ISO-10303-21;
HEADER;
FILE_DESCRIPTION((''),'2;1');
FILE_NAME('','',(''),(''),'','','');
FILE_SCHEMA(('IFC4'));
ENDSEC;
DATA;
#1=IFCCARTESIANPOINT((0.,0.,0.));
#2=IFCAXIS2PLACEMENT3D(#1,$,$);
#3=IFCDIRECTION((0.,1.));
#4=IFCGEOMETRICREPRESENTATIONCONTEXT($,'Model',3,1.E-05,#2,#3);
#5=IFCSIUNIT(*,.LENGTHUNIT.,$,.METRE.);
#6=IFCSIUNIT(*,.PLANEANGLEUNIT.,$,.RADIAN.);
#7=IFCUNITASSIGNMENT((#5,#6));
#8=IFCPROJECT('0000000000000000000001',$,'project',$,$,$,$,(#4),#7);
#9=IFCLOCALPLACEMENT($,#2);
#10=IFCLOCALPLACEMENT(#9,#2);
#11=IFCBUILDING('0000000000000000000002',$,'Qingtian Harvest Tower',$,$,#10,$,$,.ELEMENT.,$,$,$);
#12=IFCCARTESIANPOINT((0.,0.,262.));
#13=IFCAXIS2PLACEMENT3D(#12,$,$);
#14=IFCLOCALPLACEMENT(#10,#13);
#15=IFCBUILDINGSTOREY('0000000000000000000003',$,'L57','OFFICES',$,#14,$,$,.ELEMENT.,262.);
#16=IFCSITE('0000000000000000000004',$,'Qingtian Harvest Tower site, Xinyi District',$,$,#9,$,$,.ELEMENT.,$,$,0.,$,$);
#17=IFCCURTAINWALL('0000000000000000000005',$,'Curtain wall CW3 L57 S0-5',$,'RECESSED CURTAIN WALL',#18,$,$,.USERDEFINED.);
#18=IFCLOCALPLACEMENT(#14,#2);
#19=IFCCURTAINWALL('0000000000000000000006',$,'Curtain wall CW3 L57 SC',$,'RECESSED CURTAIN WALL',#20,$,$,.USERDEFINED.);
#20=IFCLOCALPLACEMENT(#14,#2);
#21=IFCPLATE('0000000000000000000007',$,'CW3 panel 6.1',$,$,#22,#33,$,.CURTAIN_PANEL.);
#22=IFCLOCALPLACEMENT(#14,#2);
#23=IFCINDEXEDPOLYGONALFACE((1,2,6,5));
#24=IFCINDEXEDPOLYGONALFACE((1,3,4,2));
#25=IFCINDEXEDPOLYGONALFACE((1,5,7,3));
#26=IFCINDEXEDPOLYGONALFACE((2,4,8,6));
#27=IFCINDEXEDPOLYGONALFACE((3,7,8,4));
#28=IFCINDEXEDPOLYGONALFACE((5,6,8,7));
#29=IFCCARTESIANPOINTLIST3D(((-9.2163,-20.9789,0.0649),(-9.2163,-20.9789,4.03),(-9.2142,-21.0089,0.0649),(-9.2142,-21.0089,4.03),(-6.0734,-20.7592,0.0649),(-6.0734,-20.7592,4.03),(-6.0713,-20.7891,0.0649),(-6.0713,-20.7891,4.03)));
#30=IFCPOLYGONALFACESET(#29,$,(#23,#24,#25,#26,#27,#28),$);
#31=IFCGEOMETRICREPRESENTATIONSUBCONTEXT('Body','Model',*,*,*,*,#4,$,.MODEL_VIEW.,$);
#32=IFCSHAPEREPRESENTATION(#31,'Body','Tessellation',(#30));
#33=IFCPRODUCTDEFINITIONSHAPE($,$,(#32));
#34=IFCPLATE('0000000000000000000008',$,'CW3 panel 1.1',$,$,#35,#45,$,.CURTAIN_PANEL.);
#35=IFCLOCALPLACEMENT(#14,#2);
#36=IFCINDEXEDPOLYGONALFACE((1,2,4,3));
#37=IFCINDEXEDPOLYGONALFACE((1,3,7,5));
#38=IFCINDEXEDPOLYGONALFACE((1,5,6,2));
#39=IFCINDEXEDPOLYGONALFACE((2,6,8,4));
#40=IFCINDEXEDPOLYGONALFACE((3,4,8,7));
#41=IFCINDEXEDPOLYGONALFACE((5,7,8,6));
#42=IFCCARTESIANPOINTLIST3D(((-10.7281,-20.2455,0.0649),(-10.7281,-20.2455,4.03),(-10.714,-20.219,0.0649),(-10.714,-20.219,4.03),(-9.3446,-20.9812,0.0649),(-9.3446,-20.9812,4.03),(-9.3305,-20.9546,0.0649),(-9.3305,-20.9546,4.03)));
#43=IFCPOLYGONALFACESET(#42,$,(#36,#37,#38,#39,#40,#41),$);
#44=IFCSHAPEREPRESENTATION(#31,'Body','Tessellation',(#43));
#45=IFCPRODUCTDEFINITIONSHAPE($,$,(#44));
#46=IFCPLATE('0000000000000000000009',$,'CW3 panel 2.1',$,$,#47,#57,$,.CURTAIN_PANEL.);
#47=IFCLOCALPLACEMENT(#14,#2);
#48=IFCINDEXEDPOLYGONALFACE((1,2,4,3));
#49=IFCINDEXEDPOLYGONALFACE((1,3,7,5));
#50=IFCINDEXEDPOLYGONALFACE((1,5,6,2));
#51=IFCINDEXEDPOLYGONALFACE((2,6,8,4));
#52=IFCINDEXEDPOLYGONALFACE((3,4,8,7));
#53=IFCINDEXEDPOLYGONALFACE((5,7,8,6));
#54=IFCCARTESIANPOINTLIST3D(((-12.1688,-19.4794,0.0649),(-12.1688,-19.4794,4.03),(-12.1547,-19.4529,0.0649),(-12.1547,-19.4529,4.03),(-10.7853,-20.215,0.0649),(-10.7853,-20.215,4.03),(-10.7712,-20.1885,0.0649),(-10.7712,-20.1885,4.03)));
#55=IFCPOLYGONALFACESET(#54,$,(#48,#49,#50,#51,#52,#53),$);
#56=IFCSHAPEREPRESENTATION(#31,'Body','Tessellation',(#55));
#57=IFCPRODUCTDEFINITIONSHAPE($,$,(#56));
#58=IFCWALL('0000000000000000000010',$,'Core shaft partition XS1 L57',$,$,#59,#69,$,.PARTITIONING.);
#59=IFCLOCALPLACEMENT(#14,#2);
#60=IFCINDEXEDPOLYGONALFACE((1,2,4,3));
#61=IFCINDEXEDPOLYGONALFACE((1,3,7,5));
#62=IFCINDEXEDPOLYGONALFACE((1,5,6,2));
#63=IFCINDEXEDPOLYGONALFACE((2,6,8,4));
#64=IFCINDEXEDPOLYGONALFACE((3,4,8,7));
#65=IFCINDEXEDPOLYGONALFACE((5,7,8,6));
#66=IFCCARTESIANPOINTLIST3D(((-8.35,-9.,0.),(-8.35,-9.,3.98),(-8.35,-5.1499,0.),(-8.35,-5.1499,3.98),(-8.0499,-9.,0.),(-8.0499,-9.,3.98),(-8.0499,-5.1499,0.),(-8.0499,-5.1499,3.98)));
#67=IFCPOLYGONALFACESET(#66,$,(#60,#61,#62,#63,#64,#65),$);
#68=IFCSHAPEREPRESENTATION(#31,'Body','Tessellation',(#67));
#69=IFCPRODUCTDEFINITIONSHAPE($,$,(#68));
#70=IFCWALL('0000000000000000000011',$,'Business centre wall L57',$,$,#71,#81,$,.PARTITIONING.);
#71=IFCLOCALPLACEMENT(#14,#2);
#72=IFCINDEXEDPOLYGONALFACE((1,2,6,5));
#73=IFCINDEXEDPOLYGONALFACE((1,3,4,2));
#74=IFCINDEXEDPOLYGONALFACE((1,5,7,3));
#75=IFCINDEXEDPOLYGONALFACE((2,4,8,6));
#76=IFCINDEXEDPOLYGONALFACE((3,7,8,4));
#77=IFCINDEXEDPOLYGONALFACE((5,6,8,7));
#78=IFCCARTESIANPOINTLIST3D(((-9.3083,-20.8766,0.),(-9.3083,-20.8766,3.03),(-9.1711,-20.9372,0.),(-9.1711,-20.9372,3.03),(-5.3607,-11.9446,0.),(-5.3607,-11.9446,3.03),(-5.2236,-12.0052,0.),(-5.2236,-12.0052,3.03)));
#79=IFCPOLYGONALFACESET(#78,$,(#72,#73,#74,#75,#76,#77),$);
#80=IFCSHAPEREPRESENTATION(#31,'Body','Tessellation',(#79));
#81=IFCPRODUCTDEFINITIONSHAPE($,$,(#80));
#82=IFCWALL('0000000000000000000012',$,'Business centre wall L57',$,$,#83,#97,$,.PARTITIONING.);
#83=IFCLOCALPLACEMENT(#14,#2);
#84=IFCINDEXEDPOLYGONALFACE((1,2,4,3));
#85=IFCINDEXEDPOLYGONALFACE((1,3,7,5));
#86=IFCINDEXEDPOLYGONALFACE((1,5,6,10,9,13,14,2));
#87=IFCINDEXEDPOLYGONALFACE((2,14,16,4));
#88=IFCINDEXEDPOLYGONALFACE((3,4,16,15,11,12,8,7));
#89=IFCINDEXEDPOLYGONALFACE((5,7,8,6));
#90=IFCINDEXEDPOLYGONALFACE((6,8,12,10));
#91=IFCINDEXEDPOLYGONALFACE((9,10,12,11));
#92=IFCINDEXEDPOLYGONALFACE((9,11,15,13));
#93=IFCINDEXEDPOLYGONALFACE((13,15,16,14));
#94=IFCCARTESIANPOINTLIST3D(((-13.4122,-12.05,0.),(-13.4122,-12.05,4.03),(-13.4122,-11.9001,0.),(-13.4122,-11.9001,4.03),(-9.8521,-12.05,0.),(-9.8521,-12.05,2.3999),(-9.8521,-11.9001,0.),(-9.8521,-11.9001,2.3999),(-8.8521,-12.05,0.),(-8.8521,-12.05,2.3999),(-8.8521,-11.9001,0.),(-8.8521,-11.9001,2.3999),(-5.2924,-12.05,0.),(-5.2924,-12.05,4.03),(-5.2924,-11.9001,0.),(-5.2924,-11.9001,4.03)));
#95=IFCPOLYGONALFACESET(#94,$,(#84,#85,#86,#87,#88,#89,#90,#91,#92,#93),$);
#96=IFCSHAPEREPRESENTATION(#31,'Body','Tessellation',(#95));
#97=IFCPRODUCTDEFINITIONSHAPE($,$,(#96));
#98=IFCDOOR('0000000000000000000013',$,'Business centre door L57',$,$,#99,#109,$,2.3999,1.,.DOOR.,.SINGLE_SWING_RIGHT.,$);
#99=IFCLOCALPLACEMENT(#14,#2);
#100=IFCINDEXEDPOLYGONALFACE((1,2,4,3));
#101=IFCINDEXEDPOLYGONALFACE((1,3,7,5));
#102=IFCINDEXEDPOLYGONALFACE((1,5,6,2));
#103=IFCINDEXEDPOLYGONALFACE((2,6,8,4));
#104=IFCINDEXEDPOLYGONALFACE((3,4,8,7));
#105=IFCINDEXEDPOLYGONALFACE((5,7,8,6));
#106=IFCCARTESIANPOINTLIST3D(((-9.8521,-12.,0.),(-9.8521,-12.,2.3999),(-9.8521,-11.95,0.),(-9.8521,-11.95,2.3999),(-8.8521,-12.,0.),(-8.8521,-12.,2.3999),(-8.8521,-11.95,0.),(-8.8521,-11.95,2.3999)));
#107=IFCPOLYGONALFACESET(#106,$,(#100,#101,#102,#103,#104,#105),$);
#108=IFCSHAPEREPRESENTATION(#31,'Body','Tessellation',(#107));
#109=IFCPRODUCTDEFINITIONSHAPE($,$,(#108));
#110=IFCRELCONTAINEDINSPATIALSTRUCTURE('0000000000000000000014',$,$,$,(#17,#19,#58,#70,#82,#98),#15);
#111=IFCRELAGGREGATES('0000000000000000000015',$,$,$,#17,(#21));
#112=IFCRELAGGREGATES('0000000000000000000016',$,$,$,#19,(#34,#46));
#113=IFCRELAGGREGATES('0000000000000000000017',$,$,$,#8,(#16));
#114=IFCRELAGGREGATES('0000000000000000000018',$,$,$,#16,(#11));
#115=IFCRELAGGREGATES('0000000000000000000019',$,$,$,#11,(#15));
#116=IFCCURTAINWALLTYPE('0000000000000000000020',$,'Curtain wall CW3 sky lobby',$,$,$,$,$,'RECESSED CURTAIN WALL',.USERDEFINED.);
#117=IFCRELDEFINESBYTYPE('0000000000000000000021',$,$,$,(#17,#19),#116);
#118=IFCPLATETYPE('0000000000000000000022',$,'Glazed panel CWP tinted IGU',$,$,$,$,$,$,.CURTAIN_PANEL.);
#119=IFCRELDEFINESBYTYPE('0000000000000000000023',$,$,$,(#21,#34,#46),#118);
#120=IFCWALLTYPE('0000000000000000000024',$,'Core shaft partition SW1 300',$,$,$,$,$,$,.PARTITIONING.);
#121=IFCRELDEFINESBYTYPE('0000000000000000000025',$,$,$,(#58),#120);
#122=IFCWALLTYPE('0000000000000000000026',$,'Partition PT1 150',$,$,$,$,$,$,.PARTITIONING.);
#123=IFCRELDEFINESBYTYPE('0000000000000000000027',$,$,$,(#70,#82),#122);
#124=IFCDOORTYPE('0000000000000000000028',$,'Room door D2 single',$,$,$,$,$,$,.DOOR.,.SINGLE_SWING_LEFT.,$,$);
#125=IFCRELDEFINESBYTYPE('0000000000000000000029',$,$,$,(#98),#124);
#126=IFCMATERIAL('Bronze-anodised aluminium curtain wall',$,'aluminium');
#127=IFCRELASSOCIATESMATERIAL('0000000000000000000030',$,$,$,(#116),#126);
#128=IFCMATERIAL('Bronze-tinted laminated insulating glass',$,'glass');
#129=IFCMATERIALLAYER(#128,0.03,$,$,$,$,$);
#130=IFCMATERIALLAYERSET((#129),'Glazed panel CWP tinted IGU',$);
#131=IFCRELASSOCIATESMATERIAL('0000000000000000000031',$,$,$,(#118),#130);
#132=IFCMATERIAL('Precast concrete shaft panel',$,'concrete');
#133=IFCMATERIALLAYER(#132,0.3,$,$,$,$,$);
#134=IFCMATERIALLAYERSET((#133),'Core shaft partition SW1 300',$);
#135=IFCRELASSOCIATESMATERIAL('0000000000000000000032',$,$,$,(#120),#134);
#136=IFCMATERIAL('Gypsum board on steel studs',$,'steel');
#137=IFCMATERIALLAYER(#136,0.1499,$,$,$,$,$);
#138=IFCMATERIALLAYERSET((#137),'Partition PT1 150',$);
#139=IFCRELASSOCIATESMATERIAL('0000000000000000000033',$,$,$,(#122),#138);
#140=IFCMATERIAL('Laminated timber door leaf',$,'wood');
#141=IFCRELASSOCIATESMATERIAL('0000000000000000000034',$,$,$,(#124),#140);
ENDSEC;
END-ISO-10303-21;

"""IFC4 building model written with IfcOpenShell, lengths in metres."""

from ifc_helpers import new_model, si_unit, direction, frame, frame_2d, origin, origin_2d, place, context, subcontext, project, spatial, rectangle, extrude, material, layer, layer_set, type_object, element, fill, aggregate, save


model = new_model("IFC4")

# Units and contexts
model_context = context("Model", 3, precision=1e-05, world=origin(), true_north=direction((0.0, 1.0)))
body_context = subcontext(model_context, "Body", "Model", "MODEL_VIEW")
ifc_project = project(units=[si_unit("LENGTHUNIT", "METRE"), si_unit("PLANEANGLEUNIT", "RADIAN")], contexts=[model_context])

# Site, building, storey
site_placement = place(None, origin())
site = spatial("IfcSite", under=ifc_project, at=site_placement, Name="Qingtian Harvest Tower site, Xinyi District", CompositionType="ELEMENT", RefElevation=0.0)
building_placement = place(site_placement, origin())
building = spatial("IfcBuilding", under=site, at=building_placement, Name="Qingtian Harvest Tower", CompositionType="ELEMENT")
storey_placement = place(building_placement, frame((0.0, 0.0, 262.0)))
storey = spatial("IfcBuildingStorey", under=building, at=storey_placement, Name="L57", Description="OFFICES", CompositionType="ELEMENT", Elevation=262.0)

# Curtain walls
ifc_material_1 = material(Name="Bronze-anodised aluminium curtain wall", Category="aluminium")
curtain_wall_type = type_object("IfcCurtainWallType", Name="Curtain wall CW3 sky lobby", ElementType="RECESSED CURTAIN WALL", PredefinedType="USERDEFINED", material=ifc_material_1)
curtain_wall_1_placement = place(storey_placement, origin())
curtain_wall_1 = element("IfcCurtainWall", 1, at=curtain_wall_1_placement, inside=storey, type_object=curtain_wall_type, Name="Curtain wall CW3 L57 S0-5", ObjectType="RECESSED CURTAIN WALL", PredefinedType="USERDEFINED")
curtain_wall_2_placement = place(storey_placement, origin())
curtain_wall_2 = element("IfcCurtainWall", 2, at=curtain_wall_2_placement, inside=storey, type_object=curtain_wall_type, Name="Curtain wall CW3 L57 SC", ObjectType="RECESSED CURTAIN WALL", PredefinedType="USERDEFINED")

# Plates
ifc_material_2 = material(Name="Bronze-tinted laminated insulating glass", Category="glass")
ifc_layer_1 = layer(ifc_material_2, 0.03)
ifc_layer_set_1 = layer_set([ifc_layer_1], Name="Glazed panel CWP tinted IGU")
plate_type = type_object("IfcPlateType", Name="Glazed panel CWP tinted IGU", PredefinedType="CURTAIN_PANEL", material=ifc_layer_set_1)
plate_1_placement = place(storey_placement, frame((-7.6438, -20.884, 0.0649), z_axis=(0.0, 0.0, 1.0), x_axis=(-0.997564, -0.069756, 0.0)))
plate_1 = element("IfcPlate", 3, at=plate_1_placement, type_object=plate_type, Name="CW3 panel 6.1", PredefinedType="CURTAIN_PANEL", context=body_context, shape_type="SweptSolid", body=[
    extrude(rectangle(XDim=3.1506, YDim=0.03, at=origin_2d()), origin(), (0.0, 0.0, 1.0), 3.9651),
])
aggregate(curtain_wall_1, [plate_1])
plate_2_placement = place(storey_placement, frame((-10.0293, -20.6001, 0.0649), z_axis=(0.0, 0.0, 1.0), x_axis=(-0.882948, 0.469472, 0.0)))
plate_2 = element("IfcPlate", 4, at=plate_2_placement, type_object=plate_type, Name="CW3 panel 1.1", PredefinedType="CURTAIN_PANEL", context=body_context, shape_type="SweptSolid", body=[
    extrude(rectangle(XDim=1.5669, YDim=0.03, at=origin_2d()), origin(), (0.0, 0.0, 1.0), 3.9651),
])
plate_3_placement = place(storey_placement, frame((-11.47, -19.834, 0.0649), z_axis=(0.0, 0.0, 1.0), x_axis=(-0.882948, 0.469472, 0.0)))
plate_3 = element("IfcPlate", 5, at=plate_3_placement, type_object=plate_type, Name="CW3 panel 2.1", PredefinedType="CURTAIN_PANEL", context=body_context, shape_type="SweptSolid", body=[
    extrude(rectangle(XDim=1.5669, YDim=0.03, at=origin_2d()), origin(), (0.0, 0.0, 1.0), 3.9651),
])
aggregate(curtain_wall_2, [plate_2, plate_3])

# Walls
ifc_material_3 = material(Name="Precast concrete shaft panel", Category="concrete")
ifc_layer_2 = layer(ifc_material_3, 0.3)
ifc_layer_set_2 = layer_set([ifc_layer_2], Name="Core shaft partition SW1 300")
wall_type_1 = type_object("IfcWallType", Name="Core shaft partition SW1 300", PredefinedType="PARTITIONING", material=ifc_layer_set_2)
wall_1_placement = place(storey_placement, frame((-8.2, -9.0, 0.0), z_axis=(0.0, 0.0, 1.0), x_axis=(0.0, 1.0, 0.0)))
element("IfcWall", 6, at=wall_1_placement, inside=storey, type_object=wall_type_1, Name="Core shaft partition XS1 L57", PredefinedType="PARTITIONING", context=body_context, shape_type="SweptSolid", body=[
    extrude(rectangle(XDim=3.8501, YDim=0.3, at=frame_2d((1.925, 0.0))), origin(), (0.0, 0.0, 1.0), 3.98),
])
ifc_material_4 = material(Name="Gypsum board on steel studs", Category="steel")
ifc_layer_3 = layer(ifc_material_4, 0.1499)
ifc_layer_set_3 = layer_set([ifc_layer_3], Name="Partition PT1 150")
wall_type_2 = type_object("IfcWallType", Name="Partition PT1 150", PredefinedType="PARTITIONING", material=ifc_layer_set_3)
wall_2_placement = place(storey_placement, frame((-9.2397, -20.907, 0.0), z_axis=(0.0, 0.0, 1.0), x_axis=(0.404238, 0.914654, 0.0)))
element("IfcWall", 7, at=wall_2_placement, inside=storey, type_object=wall_type_2, Name="Business centre wall L57", PredefinedType="PARTITIONING", context=body_context, shape_type="SweptSolid", body=[
    extrude(rectangle(XDim=9.7654, YDim=0.1499, at=frame_2d((4.8828, 0.0))), origin(), (0.0, 0.0, 1.0), 3.03),
])

# Wall, opening, door
wall_3_placement = place(storey_placement, frame((-5.2922, -11.9751, 0.0), z_axis=(0.0, 0.0, 1.0), x_axis=(-1.0, 0.0, 0.0)))
wall_3 = element("IfcWall", 8, at=wall_3_placement, inside=storey, type_object=wall_type_2, Name="Business centre wall L57", PredefinedType="PARTITIONING", context=body_context, shape_type="SweptSolid", body=[
    extrude(rectangle(XDim=8.1199, YDim=0.1499, at=frame_2d((4.0601, 0.0))), origin(), (0.0, 0.0, 1.0), 4.03),
])
opening_placement = place(wall_3_placement, frame((3.5598, 0.0, 0.0)))
opening = element("IfcOpeningElement", 9, at=opening_placement, cuts=wall_3, PredefinedType="OPENING", context=body_context, shape_type="SweptSolid", body=[
    extrude(rectangle(XDim=1.0, YDim=2.3999, at=frame_2d((0.5, 1.2))), frame((0.0, 0.085, 0.0), z_axis=(0.0, -1.0, 0.0), x_axis=(1.0, 0.0, 0.0)), (0.0, 0.0, 1.0), 0.1699),
])
ifc_material_5 = material(Name="Laminated timber door leaf", Category="wood")
door_type = type_object("IfcDoorType", Name="Room door D2 single", OperationType="SINGLE_SWING_LEFT", PredefinedType="DOOR", material=ifc_material_5)
door_placement = place(opening_placement, origin())
door = element("IfcDoor", 10, at=door_placement, inside=storey, type_object=door_type, Name="Business centre door L57", OperationType="SINGLE_SWING_RIGHT", OverallHeight=2.3999, OverallWidth=1.0, PredefinedType="DOOR", context=body_context, shape_type="SweptSolid", body=[
    extrude(rectangle(XDim=1.0, YDim=2.3999, at=frame_2d((0.5, 1.2))), frame((0.0, 0.0249, 0.0), z_axis=(0.0, -1.0, 0.0), x_axis=(1.0, 0.0, 0.0)), (0.0, 0.0, 1.0), 0.05),
])
fill(opening, door)

save(model, "model.ifc")
